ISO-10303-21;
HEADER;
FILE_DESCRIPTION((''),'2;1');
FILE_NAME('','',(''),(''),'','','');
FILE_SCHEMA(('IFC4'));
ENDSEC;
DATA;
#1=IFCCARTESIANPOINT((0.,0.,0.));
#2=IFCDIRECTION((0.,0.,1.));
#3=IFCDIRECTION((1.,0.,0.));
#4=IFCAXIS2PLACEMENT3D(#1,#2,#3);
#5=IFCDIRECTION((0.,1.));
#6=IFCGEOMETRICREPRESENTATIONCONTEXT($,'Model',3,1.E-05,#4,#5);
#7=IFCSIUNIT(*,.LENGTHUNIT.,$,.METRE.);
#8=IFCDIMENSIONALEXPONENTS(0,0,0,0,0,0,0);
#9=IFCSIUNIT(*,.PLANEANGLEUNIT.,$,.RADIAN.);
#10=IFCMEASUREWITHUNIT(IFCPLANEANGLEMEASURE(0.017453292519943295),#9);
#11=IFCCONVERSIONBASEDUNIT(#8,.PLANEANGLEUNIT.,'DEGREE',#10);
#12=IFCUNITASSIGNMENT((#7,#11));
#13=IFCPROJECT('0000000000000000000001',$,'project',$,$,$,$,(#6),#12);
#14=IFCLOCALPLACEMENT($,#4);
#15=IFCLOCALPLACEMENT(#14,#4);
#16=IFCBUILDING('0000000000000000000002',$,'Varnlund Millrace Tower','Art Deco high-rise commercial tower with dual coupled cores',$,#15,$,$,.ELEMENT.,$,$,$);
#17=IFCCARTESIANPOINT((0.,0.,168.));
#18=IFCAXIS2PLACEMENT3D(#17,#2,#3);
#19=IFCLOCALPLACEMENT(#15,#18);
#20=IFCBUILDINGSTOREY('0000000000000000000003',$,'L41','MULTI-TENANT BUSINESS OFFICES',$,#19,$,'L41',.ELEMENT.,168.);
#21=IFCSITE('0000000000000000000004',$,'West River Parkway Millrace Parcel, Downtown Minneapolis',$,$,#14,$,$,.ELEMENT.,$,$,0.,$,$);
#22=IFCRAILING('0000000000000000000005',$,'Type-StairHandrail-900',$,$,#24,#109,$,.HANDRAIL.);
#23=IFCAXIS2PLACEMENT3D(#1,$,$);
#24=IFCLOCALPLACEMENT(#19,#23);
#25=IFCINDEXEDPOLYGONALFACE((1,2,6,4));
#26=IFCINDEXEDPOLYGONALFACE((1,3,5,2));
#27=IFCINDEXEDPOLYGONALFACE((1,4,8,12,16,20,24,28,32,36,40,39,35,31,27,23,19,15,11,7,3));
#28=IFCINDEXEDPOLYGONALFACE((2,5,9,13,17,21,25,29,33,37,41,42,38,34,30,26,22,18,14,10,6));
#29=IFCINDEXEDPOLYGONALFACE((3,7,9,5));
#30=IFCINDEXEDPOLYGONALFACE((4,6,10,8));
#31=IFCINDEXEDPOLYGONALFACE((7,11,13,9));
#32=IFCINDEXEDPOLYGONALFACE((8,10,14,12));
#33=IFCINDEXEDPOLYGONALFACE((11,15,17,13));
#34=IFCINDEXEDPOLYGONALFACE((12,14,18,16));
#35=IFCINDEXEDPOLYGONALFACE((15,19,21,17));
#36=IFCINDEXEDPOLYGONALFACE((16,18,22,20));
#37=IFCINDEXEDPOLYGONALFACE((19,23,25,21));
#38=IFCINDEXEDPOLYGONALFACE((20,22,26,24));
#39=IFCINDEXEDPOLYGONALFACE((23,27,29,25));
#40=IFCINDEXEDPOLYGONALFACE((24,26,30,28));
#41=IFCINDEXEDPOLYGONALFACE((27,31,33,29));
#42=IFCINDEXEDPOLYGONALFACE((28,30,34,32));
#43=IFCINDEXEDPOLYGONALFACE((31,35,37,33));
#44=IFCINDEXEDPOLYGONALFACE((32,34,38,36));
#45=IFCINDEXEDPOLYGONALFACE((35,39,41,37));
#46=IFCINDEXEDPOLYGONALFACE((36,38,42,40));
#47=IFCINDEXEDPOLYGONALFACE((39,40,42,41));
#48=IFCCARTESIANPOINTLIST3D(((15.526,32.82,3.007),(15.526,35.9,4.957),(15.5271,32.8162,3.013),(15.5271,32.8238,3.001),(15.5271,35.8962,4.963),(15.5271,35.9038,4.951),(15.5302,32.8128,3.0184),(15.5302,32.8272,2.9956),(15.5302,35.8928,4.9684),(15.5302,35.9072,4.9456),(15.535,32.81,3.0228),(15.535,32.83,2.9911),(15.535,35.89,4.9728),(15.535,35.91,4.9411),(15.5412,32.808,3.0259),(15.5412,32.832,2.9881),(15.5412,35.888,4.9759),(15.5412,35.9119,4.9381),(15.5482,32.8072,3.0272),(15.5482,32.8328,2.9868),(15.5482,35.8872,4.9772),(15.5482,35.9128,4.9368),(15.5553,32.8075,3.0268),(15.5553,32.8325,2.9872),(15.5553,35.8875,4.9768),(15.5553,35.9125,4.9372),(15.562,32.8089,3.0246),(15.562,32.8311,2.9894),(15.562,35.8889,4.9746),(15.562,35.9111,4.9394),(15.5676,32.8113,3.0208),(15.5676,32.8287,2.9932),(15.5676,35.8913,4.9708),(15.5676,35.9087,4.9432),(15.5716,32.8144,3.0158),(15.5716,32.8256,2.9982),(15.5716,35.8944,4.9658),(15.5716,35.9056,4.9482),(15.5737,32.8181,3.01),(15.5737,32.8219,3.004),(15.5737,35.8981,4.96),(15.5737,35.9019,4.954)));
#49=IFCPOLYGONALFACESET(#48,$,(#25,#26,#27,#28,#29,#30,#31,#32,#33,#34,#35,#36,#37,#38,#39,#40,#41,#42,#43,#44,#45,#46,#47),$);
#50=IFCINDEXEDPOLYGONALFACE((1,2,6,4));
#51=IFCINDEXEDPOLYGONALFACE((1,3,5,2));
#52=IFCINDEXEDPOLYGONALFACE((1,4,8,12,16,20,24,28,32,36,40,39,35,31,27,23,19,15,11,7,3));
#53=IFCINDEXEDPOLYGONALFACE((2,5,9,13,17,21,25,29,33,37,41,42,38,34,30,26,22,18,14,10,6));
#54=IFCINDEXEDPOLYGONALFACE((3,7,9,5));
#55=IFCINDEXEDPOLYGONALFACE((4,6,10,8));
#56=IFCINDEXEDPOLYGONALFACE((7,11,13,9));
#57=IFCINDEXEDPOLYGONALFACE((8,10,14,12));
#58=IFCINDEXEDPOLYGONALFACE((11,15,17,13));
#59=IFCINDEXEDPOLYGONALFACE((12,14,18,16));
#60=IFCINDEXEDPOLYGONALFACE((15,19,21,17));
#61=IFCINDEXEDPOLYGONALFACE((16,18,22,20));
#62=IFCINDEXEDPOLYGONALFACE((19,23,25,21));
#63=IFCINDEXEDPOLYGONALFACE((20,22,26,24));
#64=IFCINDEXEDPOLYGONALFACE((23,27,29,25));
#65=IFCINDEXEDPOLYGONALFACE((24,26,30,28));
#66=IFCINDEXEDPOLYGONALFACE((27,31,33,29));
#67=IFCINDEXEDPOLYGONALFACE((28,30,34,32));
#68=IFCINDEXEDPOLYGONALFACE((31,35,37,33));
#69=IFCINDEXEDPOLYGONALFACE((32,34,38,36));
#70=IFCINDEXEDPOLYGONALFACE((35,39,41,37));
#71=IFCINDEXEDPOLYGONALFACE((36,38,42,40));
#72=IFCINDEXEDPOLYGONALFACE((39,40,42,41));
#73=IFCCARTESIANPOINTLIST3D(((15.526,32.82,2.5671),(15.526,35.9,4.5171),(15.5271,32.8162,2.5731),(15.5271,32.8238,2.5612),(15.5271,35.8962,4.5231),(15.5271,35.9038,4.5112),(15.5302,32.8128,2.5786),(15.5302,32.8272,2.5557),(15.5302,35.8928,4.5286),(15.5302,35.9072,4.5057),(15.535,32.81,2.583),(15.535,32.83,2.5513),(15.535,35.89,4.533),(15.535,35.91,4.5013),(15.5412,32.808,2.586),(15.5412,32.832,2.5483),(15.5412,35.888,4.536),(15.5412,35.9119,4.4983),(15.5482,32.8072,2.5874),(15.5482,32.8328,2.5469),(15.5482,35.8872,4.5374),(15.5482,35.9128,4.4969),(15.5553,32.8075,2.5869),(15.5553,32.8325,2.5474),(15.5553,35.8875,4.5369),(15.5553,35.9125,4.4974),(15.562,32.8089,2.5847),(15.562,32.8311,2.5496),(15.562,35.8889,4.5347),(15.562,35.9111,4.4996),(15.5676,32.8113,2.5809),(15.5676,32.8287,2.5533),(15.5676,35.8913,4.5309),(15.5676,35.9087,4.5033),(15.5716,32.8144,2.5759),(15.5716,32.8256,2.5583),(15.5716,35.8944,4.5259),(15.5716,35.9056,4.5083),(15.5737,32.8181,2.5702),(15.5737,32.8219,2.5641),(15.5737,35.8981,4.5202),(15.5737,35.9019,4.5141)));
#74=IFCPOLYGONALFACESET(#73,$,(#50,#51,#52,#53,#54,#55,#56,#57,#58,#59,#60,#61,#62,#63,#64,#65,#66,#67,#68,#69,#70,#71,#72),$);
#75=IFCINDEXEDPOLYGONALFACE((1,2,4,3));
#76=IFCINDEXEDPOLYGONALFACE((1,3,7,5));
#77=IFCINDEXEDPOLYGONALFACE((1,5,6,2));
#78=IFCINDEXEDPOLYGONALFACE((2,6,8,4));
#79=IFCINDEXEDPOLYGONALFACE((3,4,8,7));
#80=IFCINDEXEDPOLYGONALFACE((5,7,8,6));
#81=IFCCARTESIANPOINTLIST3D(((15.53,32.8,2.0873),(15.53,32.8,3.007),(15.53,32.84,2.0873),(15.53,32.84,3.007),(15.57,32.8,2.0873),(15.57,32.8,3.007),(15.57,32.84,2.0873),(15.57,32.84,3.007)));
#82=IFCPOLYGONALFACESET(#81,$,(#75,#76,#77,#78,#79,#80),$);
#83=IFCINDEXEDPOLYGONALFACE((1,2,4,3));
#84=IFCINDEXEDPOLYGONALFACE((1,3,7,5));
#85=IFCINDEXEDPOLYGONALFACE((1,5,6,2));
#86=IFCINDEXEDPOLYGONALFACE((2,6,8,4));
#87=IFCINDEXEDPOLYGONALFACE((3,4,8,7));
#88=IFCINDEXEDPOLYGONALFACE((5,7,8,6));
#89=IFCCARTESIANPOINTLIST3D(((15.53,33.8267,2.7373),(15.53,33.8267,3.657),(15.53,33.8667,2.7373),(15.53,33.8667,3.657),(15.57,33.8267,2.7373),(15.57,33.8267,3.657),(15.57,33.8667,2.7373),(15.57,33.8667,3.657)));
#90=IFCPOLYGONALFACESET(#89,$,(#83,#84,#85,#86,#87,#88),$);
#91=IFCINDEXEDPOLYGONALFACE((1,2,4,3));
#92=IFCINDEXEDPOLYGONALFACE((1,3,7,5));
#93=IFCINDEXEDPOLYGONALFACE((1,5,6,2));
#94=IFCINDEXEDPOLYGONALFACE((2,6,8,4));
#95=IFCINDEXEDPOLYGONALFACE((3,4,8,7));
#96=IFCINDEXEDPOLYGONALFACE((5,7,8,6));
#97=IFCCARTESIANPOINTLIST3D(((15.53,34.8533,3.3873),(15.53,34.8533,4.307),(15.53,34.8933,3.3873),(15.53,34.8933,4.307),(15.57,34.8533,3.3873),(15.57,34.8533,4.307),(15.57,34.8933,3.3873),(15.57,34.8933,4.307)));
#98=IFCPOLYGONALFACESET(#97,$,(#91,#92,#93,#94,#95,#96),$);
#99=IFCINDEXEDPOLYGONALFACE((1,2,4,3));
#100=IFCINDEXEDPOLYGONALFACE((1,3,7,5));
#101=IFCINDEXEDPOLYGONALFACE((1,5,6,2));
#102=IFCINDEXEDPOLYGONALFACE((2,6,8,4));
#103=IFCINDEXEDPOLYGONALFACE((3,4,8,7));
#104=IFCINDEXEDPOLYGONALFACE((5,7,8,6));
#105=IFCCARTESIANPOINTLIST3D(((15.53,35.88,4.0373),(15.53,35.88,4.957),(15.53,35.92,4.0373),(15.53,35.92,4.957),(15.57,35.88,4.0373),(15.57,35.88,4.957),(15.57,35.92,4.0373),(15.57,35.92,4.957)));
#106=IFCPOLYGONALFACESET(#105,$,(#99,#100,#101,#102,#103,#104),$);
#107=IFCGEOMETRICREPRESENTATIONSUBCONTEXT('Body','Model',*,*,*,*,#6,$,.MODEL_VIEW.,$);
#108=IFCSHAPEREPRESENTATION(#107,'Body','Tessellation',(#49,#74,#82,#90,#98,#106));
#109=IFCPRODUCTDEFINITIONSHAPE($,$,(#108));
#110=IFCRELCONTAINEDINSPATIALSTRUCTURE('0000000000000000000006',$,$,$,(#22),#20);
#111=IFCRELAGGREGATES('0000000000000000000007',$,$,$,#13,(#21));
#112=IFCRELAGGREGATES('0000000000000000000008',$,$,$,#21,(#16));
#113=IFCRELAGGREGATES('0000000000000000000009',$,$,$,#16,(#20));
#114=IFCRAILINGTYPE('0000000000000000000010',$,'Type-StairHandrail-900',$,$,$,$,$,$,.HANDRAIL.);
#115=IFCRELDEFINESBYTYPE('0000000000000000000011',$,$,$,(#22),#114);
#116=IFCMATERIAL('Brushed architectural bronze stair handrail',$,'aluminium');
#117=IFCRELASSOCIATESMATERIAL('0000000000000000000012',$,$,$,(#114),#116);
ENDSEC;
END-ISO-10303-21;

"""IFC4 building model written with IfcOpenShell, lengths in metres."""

from ifc_helpers import new_model, entity, si_unit, converted_unit, direction, frame, origin_with_axes, origin_2d_with_axis, place, context, subcontext, project, spatial, rectangle, circle, extrude, material, type_object, element, save


model = new_model("IFC4")

# Units and contexts
model_context = context("Model", 3, precision=1e-05, world=origin_with_axes(), true_north=direction((0.0, 1.0)))
body_context = subcontext(model_context, "Body", "Model", "MODEL_VIEW")
ifc_project = project(units=[si_unit("LENGTHUNIT", "METRE"), converted_unit("PLANEANGLEUNIT", "DEGREE", entity("IfcPlaneAngleMeasure", 0.017453292519943295), si_unit("PLANEANGLEUNIT", "RADIAN"), dimensions=[0, 0, 0, 0, 0, 0, 0])], contexts=[model_context])

# Site, building, storey
site_placement = place(None, origin_with_axes())
site = spatial("IfcSite", under=ifc_project, at=site_placement, Name="West River Parkway Millrace Parcel, Downtown Minneapolis", CompositionType="ELEMENT", RefElevation=0.0)
building_placement = place(site_placement, origin_with_axes())
building = spatial("IfcBuilding", under=site, at=building_placement, Name="Varnlund Millrace Tower", Description="Art Deco high-rise commercial tower with dual coupled cores", CompositionType="ELEMENT")
storey_placement = place(building_placement, frame((0.0, 0.0, 168.0), z_axis=(0.0, 0.0, 1.0), x_axis=(1.0, 0.0, 0.0)))
storey = spatial("IfcBuildingStorey", under=building, at=storey_placement, Name="L41", Description="MULTI-TENANT BUSINESS OFFICES", LongName="L41", CompositionType="ELEMENT", Elevation=168.0)

# Railing
ifc_material_1 = material(Name="Brushed architectural bronze stair handrail", Category="aluminium")
railing_type_1 = type_object("IfcRailingType", Name="Type-StairHandrail-900", PredefinedType="HANDRAIL", material=ifc_material_1)
railing_1_placement = place(storey_placement, frame((0.0, 0.0, -168.0), z_axis=(0.0, 0.0, 1.0), x_axis=(1.0, 0.0, 0.0)))
element("IfcRailing", 1, at=railing_1_placement, inside=storey, type_object=railing_type_1, Name="Type-StairHandrail-900", PredefinedType="HANDRAIL", context=body_context, shape_type="SweptSolid", body=[
    extrude(circle(Radius=0.024, at=origin_2d_with_axis()), frame((15.55, 32.82, 171.007), z_axis=(0.0, 0.844902, 0.534922), x_axis=(-1.0, 0.0, 0.0)), (0.0, 0.0, 1.0), 3.6454),
    extrude(circle(Radius=0.024, at=origin_2d_with_axis()), frame((15.55, 32.82, 170.5671), z_axis=(0.0, 0.844902, 0.534922), x_axis=(-1.0, 0.0, 0.0)), (0.0, 0.0, 1.0), 3.6454),
    extrude(rectangle(XDim=0.04, YDim=0.04, at=origin_2d_with_axis()), frame((15.55, 32.82, 170.0873), z_axis=(0.0, 0.0, 1.0), x_axis=(1.0, 0.0, 0.0)), (0.0, 0.0, 1.0), 0.9197),
    extrude(rectangle(XDim=0.04, YDim=0.04, at=origin_2d_with_axis()), frame((15.55, 33.8467, 170.7373), z_axis=(0.0, 0.0, 1.0), x_axis=(1.0, 0.0, 0.0)), (0.0, 0.0, 1.0), 0.9197),
    extrude(rectangle(XDim=0.04, YDim=0.04, at=origin_2d_with_axis()), frame((15.55, 34.8733, 171.3873), z_axis=(0.0, 0.0, 1.0), x_axis=(1.0, 0.0, 0.0)), (0.0, 0.0, 1.0), 0.9197),
    extrude(rectangle(XDim=0.04, YDim=0.04, at=origin_2d_with_axis()), frame((15.55, 35.9, 172.0373), z_axis=(0.0, 0.0, 1.0), x_axis=(1.0, 0.0, 0.0)), (0.0, 0.0, 1.0), 0.9197),
])

save(model, "model.ifc")
